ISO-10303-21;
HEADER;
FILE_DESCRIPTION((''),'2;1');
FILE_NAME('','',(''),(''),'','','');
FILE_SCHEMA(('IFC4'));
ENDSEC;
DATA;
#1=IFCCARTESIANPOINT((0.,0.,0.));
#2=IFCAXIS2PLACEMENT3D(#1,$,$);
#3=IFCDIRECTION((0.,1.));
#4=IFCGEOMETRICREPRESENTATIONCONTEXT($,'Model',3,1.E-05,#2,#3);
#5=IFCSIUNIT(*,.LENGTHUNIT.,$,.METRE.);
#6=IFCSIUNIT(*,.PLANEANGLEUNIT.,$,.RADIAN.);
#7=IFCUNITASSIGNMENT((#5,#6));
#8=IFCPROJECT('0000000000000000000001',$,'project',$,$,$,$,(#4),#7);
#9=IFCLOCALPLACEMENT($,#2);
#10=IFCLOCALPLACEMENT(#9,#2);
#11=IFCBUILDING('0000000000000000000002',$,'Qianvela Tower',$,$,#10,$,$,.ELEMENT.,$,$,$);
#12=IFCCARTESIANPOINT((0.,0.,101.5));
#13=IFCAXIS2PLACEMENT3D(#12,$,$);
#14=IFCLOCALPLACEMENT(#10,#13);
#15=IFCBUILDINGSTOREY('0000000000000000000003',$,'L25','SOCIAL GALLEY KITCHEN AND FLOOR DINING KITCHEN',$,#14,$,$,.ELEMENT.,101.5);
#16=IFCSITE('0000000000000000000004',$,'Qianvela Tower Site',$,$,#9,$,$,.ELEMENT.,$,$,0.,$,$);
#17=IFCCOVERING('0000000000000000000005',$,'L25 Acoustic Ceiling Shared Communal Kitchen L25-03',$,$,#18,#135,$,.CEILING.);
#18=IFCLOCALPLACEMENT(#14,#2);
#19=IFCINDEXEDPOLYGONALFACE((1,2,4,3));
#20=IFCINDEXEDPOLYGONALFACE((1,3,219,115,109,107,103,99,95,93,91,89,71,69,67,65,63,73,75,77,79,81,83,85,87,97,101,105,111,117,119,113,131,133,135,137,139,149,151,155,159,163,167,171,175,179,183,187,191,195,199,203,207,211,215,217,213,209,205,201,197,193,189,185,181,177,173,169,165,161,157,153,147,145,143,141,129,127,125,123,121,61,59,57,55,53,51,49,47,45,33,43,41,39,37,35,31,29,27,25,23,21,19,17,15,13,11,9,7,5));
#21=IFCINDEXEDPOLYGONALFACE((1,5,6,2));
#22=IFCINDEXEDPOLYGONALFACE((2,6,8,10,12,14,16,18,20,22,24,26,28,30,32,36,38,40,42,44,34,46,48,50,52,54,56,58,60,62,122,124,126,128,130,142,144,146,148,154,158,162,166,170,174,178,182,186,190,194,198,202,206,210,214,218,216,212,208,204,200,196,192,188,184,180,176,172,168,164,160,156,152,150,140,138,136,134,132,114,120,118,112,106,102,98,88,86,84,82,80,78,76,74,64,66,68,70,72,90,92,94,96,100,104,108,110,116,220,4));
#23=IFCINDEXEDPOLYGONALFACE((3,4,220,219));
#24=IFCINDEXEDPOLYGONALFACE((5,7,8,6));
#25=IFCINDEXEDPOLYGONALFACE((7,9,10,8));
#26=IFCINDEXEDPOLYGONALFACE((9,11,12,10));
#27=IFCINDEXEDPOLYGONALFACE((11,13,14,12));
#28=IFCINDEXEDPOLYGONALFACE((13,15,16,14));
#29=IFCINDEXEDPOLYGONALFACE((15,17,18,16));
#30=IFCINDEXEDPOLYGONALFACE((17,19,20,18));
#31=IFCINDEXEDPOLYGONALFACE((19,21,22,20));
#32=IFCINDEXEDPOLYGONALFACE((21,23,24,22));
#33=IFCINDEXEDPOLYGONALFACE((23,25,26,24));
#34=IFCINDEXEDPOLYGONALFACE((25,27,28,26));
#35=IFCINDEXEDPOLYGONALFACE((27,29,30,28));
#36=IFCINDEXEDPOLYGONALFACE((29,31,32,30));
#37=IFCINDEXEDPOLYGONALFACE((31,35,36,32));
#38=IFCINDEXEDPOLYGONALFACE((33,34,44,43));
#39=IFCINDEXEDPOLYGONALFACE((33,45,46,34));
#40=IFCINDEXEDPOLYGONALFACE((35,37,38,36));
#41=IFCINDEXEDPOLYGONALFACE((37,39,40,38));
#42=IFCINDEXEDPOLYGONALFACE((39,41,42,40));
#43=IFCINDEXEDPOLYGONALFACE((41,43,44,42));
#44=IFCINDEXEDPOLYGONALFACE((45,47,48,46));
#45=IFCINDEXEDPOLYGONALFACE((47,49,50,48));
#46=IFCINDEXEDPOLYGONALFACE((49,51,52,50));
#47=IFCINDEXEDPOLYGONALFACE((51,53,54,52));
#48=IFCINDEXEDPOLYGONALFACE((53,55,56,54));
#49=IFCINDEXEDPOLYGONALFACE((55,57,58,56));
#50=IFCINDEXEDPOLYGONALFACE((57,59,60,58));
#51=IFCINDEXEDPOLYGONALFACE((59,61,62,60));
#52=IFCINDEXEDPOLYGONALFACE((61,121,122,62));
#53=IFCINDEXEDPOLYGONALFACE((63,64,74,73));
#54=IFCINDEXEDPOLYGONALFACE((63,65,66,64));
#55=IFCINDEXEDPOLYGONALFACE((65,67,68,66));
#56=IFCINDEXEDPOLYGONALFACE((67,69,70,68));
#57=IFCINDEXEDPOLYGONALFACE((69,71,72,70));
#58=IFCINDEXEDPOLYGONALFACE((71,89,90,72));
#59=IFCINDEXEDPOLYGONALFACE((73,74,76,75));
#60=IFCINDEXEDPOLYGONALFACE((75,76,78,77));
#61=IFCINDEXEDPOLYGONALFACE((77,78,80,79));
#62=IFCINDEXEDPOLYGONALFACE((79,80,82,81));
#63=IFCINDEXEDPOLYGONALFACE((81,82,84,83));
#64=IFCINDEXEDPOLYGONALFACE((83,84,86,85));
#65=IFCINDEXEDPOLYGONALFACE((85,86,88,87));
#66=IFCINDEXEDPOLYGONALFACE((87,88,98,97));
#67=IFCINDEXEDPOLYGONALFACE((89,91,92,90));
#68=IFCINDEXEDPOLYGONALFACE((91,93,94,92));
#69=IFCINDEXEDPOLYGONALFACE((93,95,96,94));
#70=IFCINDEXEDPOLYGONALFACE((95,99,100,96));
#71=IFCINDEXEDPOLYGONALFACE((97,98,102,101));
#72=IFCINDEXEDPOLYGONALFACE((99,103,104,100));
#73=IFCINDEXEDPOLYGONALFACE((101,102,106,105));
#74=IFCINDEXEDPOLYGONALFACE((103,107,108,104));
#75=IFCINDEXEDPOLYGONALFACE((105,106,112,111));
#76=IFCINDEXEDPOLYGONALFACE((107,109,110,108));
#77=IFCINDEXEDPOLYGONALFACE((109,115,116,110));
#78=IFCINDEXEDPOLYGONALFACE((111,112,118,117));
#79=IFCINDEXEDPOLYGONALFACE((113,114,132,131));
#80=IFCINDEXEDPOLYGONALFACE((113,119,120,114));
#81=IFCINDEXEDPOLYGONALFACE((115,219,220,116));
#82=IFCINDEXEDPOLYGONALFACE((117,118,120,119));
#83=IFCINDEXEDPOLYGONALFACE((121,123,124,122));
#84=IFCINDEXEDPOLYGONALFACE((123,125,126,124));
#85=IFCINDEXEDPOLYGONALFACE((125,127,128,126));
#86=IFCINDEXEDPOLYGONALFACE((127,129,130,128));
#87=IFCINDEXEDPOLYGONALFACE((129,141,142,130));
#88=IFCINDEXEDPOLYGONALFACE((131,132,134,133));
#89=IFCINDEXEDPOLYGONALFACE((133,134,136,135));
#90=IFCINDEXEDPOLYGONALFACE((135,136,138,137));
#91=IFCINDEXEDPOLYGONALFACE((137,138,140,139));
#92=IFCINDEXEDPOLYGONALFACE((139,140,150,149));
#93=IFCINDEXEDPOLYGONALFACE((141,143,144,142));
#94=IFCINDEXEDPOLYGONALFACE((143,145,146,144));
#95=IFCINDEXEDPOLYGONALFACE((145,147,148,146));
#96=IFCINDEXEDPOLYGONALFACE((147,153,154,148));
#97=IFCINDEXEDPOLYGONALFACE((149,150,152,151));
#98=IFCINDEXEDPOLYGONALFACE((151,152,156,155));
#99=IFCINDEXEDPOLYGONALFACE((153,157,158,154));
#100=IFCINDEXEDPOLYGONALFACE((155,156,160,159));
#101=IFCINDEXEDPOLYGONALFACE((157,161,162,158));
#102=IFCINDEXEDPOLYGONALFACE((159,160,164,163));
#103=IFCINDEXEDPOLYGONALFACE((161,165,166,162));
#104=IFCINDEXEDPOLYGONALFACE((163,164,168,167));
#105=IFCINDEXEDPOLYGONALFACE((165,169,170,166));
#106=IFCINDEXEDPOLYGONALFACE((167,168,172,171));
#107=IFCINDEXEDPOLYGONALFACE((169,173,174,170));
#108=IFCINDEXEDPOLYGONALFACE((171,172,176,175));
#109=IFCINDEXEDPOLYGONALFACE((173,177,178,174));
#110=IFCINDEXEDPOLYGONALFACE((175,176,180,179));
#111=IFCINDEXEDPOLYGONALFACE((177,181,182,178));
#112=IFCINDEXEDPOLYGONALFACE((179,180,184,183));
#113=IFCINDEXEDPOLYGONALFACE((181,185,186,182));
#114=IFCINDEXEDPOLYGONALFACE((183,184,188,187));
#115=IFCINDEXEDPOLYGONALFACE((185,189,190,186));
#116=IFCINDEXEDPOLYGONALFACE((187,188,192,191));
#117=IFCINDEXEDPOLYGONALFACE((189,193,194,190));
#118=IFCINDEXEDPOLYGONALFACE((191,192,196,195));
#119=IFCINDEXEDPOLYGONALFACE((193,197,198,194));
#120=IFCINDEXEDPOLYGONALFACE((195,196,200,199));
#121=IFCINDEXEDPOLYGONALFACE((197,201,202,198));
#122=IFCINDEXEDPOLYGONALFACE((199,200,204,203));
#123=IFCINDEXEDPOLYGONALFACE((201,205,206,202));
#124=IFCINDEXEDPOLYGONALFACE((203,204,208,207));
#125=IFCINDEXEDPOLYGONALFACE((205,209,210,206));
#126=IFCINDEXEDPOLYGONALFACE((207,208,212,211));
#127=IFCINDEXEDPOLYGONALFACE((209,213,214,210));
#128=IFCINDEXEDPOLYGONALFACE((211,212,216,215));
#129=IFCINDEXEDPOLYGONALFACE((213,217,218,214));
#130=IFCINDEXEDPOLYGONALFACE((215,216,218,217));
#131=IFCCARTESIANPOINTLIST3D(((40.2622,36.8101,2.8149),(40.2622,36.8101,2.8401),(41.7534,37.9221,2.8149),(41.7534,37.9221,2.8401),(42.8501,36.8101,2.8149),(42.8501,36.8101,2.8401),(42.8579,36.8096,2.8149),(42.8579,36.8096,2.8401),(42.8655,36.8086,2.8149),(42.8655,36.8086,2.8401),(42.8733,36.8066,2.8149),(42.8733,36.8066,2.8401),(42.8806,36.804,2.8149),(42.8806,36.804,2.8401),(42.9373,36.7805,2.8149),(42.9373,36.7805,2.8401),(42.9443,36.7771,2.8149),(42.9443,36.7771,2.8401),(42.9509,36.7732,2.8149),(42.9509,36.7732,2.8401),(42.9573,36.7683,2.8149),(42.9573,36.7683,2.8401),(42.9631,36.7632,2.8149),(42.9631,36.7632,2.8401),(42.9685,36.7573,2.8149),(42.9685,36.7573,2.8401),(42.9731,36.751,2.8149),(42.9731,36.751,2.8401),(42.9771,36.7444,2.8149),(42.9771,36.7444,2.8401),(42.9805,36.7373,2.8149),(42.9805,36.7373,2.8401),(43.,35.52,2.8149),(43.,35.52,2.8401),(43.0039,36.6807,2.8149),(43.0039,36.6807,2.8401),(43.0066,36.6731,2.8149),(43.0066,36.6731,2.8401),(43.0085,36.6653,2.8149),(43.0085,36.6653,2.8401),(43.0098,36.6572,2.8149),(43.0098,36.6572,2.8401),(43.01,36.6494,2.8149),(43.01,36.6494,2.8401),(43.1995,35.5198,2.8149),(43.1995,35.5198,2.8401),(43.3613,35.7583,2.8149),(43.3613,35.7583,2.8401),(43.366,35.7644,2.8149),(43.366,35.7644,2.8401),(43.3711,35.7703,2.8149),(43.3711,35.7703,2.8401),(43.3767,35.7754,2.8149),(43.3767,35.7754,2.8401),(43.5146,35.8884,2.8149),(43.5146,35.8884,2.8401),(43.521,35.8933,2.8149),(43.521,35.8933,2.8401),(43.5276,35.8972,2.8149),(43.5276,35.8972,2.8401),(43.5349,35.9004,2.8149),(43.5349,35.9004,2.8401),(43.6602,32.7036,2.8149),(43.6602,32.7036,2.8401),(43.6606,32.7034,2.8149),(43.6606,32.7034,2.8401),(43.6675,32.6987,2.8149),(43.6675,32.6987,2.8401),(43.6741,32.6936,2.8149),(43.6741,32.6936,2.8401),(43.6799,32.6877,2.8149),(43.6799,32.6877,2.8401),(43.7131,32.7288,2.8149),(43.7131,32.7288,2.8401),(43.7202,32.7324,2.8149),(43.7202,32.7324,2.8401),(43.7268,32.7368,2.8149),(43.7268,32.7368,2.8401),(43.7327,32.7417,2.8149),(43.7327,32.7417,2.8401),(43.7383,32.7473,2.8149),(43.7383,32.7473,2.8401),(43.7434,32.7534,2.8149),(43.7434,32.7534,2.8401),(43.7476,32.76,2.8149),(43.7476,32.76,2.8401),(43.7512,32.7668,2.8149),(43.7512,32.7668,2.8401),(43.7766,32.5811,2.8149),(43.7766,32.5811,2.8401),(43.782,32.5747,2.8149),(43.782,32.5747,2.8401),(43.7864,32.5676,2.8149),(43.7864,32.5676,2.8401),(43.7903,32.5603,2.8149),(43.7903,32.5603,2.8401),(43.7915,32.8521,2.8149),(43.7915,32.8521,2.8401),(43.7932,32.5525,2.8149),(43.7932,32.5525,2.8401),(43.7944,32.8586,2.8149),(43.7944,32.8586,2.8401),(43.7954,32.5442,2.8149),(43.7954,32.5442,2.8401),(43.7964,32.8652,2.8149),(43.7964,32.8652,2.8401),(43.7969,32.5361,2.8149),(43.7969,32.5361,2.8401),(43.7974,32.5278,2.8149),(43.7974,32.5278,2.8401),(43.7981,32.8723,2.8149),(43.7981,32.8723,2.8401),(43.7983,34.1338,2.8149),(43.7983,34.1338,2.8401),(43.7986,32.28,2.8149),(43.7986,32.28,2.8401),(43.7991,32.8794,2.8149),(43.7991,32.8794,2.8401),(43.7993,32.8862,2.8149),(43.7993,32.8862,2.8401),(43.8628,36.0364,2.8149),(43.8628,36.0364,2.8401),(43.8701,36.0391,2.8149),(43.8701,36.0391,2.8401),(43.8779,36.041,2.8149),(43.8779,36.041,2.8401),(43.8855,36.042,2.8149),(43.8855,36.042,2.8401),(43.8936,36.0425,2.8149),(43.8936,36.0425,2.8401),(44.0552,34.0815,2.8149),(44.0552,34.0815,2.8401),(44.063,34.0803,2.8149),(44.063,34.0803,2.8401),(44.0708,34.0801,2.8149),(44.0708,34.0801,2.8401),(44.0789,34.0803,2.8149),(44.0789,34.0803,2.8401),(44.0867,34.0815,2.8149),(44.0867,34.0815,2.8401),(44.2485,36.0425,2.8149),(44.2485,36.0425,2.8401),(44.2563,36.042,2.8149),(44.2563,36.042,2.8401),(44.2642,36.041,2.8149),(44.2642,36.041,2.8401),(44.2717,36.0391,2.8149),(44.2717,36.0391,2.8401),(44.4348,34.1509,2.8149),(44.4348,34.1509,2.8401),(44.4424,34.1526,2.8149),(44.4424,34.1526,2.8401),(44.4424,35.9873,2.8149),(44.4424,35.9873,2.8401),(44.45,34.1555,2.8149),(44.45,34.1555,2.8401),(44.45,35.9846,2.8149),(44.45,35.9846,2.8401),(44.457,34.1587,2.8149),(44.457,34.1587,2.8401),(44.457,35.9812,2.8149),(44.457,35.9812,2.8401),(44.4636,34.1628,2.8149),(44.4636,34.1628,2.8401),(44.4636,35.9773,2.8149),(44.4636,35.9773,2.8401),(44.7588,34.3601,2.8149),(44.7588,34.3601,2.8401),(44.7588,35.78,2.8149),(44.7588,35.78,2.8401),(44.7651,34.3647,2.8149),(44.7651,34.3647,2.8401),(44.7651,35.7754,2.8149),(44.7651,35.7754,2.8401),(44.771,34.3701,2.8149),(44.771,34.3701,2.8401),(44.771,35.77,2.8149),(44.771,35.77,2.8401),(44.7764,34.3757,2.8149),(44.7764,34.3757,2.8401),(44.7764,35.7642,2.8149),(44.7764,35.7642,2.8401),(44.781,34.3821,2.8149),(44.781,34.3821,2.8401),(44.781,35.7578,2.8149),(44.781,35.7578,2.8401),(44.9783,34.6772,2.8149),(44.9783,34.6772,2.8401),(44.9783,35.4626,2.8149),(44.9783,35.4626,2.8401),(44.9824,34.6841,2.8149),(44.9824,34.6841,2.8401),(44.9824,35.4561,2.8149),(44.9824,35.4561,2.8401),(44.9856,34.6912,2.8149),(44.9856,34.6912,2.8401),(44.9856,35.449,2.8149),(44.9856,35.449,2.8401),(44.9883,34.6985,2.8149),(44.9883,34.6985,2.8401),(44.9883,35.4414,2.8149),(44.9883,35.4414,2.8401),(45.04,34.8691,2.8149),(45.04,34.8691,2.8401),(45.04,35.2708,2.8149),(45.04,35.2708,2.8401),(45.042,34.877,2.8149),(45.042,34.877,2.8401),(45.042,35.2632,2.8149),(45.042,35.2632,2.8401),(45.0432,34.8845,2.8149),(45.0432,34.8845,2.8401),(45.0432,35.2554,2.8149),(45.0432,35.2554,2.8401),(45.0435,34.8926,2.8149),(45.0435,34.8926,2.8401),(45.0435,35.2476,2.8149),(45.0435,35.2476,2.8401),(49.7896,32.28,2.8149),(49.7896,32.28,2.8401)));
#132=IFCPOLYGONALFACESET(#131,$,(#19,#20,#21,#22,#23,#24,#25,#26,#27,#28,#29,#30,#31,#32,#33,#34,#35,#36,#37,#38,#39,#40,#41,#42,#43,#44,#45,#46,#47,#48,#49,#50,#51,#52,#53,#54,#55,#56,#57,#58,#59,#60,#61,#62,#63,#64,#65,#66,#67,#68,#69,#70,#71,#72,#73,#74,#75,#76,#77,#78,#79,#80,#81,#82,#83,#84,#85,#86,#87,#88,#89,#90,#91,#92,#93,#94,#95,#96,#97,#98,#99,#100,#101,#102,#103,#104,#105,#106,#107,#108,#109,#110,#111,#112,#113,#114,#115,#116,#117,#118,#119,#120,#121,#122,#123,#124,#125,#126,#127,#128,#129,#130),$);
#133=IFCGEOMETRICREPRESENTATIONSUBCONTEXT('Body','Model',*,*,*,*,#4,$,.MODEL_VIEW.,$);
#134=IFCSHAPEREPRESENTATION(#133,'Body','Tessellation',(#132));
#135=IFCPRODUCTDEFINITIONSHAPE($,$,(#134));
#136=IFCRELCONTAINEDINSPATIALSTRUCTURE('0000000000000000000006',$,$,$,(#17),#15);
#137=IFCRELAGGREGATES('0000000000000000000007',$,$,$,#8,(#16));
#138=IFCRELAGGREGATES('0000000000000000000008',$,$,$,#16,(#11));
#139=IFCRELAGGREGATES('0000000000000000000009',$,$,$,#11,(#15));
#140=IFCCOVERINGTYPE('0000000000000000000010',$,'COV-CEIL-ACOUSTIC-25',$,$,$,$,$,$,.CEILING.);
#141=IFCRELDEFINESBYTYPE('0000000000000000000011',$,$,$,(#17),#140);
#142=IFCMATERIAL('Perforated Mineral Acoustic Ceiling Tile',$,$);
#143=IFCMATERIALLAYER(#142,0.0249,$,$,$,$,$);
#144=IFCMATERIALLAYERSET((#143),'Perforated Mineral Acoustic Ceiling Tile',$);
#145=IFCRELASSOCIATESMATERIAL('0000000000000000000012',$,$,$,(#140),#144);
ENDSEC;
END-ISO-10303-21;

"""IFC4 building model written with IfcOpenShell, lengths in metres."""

from ifc_helpers import new_model, si_unit, direction, frame, origin, place, context, subcontext, project, spatial, polyline, outline, extrude, material, layer, layer_set, type_object, element, save


model = new_model("IFC4")

# Units and contexts
model_context = context("Model", 3, precision=1e-05, world=origin(), true_north=direction((0.0, 1.0)))
body_context = subcontext(model_context, "Body", "Model", "MODEL_VIEW")
ifc_project = project(units=[si_unit("LENGTHUNIT", "METRE"), si_unit("PLANEANGLEUNIT", "RADIAN")], contexts=[model_context])

# Site, building, storey
site_placement = place(None, origin())
site = spatial("IfcSite", under=ifc_project, at=site_placement, Name="Qianvela Tower Site", CompositionType="ELEMENT", RefElevation=0.0)
building_placement = place(site_placement, origin())
building = spatial("IfcBuilding", under=site, at=building_placement, Name="Qianvela Tower", CompositionType="ELEMENT")
storey_placement = place(building_placement, frame((0.0, 0.0, 101.5)))
storey = spatial("IfcBuildingStorey", under=building, at=storey_placement, Name="L25", Description="SOCIAL GALLEY KITCHEN AND FLOOR DINING KITCHEN", CompositionType="ELEMENT", Elevation=101.5)

# Covering
ifc_material_1 = material(Name="Perforated Mineral Acoustic Ceiling Tile")
ifc_layer_1 = layer(ifc_material_1, 0.0249)
ifc_layer_set_1 = layer_set([ifc_layer_1], Name="Perforated Mineral Acoustic Ceiling Tile")
covering_type_1 = type_object("IfcCoveringType", Name="COV-CEIL-ACOUSTIC-25", PredefinedType="CEILING", material=ifc_layer_set_1)
covering_1_placement = place(storey_placement, frame((0.0, 0.0, 2.8149)))
element("IfcCovering", 1, at=covering_1_placement, inside=storey, type_object=covering_type_1, Name="L25 Acoustic Ceiling Shared Communal Kitchen L25-03", PredefinedType="CEILING", context=body_context, shape_type="SweptSolid", body=[
    extrude(outline(polyline([(43.6602, 32.7036), (43.7131, 32.7288), (43.7202, 32.7324), (43.7268, 32.7368), (43.7327, 32.7417), (43.7383, 32.7473), (43.7434, 32.7534), (43.7476, 32.76), (43.7512, 32.7668), (43.7915, 32.8521), (43.7944, 32.8586), (43.7964, 32.8652), (43.7981, 32.8723), (43.7991, 32.8794), (43.7993, 32.8862), (43.7983, 34.1338), (44.0552, 34.0815), (44.063, 34.0803), (44.0708, 34.0801), (44.0789, 34.0803), (44.0867, 34.0815), (44.4348, 34.1509), (44.4424, 34.1526), (44.45, 34.1555), (44.457, 34.1587), (44.4636, 34.1628), (44.7588, 34.3601), (44.7651, 34.3647), (44.771, 34.3701), (44.7764, 34.3757), (44.781, 34.3821), (44.9783, 34.6772), (44.9824, 34.6841), (44.9856, 34.6912), (44.9883, 34.6985), (45.04, 34.8691), (45.042, 34.877), (45.0432, 34.8845), (45.0435, 34.8926), (45.0435, 35.2476), (45.0432, 35.2554), (45.042, 35.2632), (45.04, 35.2708), (44.9883, 35.4414), (44.9856, 35.449), (44.9824, 35.4561), (44.9783, 35.4626), (44.781, 35.7578), (44.7764, 35.7642), (44.771, 35.77), (44.7651, 35.7754), (44.7588, 35.78), (44.4636, 35.9773), (44.457, 35.9812), (44.45, 35.9846), (44.4424, 35.9873), (44.2717, 36.0391), (44.2642, 36.041), (44.2563, 36.042), (44.2485, 36.0425), (43.8936, 36.0425), (43.8855, 36.042), (43.8779, 36.041), (43.8701, 36.0391), (43.8628, 36.0364), (43.5349, 35.9004), (43.5276, 35.8972), (43.521, 35.8933), (43.5146, 35.8884), (43.3767, 35.7754), (43.3711, 35.7703), (43.366, 35.7644), (43.3613, 35.7583), (43.1995, 35.5198), (43.0, 35.52), (43.01, 36.6494), (43.0098, 36.6572), (43.0085, 36.6653), (43.0066, 36.6731), (43.0039, 36.6807), (42.9805, 36.7373), (42.9771, 36.7444), (42.9731, 36.751), (42.9685, 36.7573), (42.9631, 36.7632), (42.9573, 36.7683), (42.9509, 36.7732), (42.9443, 36.7771), (42.9373, 36.7805), (42.8806, 36.804), (42.8733, 36.8066), (42.8655, 36.8086), (42.8579, 36.8096), (42.8501, 36.8101), (40.2622, 36.8101), (41.7534, 37.9221), (49.7896, 32.28), (43.7986, 32.28), (43.7974, 32.5278), (43.7969, 32.5361), (43.7954, 32.5442), (43.7932, 32.5525), (43.7903, 32.5603), (43.7864, 32.5676), (43.782, 32.5747), (43.7766, 32.5811), (43.6799, 32.6877), (43.6741, 32.6936), (43.6675, 32.6987), (43.6606, 32.7034), (43.6602, 32.7036)])), origin(), (0.0, 0.0, 1.0), 0.0251),
])

save(model, "model.ifc")
